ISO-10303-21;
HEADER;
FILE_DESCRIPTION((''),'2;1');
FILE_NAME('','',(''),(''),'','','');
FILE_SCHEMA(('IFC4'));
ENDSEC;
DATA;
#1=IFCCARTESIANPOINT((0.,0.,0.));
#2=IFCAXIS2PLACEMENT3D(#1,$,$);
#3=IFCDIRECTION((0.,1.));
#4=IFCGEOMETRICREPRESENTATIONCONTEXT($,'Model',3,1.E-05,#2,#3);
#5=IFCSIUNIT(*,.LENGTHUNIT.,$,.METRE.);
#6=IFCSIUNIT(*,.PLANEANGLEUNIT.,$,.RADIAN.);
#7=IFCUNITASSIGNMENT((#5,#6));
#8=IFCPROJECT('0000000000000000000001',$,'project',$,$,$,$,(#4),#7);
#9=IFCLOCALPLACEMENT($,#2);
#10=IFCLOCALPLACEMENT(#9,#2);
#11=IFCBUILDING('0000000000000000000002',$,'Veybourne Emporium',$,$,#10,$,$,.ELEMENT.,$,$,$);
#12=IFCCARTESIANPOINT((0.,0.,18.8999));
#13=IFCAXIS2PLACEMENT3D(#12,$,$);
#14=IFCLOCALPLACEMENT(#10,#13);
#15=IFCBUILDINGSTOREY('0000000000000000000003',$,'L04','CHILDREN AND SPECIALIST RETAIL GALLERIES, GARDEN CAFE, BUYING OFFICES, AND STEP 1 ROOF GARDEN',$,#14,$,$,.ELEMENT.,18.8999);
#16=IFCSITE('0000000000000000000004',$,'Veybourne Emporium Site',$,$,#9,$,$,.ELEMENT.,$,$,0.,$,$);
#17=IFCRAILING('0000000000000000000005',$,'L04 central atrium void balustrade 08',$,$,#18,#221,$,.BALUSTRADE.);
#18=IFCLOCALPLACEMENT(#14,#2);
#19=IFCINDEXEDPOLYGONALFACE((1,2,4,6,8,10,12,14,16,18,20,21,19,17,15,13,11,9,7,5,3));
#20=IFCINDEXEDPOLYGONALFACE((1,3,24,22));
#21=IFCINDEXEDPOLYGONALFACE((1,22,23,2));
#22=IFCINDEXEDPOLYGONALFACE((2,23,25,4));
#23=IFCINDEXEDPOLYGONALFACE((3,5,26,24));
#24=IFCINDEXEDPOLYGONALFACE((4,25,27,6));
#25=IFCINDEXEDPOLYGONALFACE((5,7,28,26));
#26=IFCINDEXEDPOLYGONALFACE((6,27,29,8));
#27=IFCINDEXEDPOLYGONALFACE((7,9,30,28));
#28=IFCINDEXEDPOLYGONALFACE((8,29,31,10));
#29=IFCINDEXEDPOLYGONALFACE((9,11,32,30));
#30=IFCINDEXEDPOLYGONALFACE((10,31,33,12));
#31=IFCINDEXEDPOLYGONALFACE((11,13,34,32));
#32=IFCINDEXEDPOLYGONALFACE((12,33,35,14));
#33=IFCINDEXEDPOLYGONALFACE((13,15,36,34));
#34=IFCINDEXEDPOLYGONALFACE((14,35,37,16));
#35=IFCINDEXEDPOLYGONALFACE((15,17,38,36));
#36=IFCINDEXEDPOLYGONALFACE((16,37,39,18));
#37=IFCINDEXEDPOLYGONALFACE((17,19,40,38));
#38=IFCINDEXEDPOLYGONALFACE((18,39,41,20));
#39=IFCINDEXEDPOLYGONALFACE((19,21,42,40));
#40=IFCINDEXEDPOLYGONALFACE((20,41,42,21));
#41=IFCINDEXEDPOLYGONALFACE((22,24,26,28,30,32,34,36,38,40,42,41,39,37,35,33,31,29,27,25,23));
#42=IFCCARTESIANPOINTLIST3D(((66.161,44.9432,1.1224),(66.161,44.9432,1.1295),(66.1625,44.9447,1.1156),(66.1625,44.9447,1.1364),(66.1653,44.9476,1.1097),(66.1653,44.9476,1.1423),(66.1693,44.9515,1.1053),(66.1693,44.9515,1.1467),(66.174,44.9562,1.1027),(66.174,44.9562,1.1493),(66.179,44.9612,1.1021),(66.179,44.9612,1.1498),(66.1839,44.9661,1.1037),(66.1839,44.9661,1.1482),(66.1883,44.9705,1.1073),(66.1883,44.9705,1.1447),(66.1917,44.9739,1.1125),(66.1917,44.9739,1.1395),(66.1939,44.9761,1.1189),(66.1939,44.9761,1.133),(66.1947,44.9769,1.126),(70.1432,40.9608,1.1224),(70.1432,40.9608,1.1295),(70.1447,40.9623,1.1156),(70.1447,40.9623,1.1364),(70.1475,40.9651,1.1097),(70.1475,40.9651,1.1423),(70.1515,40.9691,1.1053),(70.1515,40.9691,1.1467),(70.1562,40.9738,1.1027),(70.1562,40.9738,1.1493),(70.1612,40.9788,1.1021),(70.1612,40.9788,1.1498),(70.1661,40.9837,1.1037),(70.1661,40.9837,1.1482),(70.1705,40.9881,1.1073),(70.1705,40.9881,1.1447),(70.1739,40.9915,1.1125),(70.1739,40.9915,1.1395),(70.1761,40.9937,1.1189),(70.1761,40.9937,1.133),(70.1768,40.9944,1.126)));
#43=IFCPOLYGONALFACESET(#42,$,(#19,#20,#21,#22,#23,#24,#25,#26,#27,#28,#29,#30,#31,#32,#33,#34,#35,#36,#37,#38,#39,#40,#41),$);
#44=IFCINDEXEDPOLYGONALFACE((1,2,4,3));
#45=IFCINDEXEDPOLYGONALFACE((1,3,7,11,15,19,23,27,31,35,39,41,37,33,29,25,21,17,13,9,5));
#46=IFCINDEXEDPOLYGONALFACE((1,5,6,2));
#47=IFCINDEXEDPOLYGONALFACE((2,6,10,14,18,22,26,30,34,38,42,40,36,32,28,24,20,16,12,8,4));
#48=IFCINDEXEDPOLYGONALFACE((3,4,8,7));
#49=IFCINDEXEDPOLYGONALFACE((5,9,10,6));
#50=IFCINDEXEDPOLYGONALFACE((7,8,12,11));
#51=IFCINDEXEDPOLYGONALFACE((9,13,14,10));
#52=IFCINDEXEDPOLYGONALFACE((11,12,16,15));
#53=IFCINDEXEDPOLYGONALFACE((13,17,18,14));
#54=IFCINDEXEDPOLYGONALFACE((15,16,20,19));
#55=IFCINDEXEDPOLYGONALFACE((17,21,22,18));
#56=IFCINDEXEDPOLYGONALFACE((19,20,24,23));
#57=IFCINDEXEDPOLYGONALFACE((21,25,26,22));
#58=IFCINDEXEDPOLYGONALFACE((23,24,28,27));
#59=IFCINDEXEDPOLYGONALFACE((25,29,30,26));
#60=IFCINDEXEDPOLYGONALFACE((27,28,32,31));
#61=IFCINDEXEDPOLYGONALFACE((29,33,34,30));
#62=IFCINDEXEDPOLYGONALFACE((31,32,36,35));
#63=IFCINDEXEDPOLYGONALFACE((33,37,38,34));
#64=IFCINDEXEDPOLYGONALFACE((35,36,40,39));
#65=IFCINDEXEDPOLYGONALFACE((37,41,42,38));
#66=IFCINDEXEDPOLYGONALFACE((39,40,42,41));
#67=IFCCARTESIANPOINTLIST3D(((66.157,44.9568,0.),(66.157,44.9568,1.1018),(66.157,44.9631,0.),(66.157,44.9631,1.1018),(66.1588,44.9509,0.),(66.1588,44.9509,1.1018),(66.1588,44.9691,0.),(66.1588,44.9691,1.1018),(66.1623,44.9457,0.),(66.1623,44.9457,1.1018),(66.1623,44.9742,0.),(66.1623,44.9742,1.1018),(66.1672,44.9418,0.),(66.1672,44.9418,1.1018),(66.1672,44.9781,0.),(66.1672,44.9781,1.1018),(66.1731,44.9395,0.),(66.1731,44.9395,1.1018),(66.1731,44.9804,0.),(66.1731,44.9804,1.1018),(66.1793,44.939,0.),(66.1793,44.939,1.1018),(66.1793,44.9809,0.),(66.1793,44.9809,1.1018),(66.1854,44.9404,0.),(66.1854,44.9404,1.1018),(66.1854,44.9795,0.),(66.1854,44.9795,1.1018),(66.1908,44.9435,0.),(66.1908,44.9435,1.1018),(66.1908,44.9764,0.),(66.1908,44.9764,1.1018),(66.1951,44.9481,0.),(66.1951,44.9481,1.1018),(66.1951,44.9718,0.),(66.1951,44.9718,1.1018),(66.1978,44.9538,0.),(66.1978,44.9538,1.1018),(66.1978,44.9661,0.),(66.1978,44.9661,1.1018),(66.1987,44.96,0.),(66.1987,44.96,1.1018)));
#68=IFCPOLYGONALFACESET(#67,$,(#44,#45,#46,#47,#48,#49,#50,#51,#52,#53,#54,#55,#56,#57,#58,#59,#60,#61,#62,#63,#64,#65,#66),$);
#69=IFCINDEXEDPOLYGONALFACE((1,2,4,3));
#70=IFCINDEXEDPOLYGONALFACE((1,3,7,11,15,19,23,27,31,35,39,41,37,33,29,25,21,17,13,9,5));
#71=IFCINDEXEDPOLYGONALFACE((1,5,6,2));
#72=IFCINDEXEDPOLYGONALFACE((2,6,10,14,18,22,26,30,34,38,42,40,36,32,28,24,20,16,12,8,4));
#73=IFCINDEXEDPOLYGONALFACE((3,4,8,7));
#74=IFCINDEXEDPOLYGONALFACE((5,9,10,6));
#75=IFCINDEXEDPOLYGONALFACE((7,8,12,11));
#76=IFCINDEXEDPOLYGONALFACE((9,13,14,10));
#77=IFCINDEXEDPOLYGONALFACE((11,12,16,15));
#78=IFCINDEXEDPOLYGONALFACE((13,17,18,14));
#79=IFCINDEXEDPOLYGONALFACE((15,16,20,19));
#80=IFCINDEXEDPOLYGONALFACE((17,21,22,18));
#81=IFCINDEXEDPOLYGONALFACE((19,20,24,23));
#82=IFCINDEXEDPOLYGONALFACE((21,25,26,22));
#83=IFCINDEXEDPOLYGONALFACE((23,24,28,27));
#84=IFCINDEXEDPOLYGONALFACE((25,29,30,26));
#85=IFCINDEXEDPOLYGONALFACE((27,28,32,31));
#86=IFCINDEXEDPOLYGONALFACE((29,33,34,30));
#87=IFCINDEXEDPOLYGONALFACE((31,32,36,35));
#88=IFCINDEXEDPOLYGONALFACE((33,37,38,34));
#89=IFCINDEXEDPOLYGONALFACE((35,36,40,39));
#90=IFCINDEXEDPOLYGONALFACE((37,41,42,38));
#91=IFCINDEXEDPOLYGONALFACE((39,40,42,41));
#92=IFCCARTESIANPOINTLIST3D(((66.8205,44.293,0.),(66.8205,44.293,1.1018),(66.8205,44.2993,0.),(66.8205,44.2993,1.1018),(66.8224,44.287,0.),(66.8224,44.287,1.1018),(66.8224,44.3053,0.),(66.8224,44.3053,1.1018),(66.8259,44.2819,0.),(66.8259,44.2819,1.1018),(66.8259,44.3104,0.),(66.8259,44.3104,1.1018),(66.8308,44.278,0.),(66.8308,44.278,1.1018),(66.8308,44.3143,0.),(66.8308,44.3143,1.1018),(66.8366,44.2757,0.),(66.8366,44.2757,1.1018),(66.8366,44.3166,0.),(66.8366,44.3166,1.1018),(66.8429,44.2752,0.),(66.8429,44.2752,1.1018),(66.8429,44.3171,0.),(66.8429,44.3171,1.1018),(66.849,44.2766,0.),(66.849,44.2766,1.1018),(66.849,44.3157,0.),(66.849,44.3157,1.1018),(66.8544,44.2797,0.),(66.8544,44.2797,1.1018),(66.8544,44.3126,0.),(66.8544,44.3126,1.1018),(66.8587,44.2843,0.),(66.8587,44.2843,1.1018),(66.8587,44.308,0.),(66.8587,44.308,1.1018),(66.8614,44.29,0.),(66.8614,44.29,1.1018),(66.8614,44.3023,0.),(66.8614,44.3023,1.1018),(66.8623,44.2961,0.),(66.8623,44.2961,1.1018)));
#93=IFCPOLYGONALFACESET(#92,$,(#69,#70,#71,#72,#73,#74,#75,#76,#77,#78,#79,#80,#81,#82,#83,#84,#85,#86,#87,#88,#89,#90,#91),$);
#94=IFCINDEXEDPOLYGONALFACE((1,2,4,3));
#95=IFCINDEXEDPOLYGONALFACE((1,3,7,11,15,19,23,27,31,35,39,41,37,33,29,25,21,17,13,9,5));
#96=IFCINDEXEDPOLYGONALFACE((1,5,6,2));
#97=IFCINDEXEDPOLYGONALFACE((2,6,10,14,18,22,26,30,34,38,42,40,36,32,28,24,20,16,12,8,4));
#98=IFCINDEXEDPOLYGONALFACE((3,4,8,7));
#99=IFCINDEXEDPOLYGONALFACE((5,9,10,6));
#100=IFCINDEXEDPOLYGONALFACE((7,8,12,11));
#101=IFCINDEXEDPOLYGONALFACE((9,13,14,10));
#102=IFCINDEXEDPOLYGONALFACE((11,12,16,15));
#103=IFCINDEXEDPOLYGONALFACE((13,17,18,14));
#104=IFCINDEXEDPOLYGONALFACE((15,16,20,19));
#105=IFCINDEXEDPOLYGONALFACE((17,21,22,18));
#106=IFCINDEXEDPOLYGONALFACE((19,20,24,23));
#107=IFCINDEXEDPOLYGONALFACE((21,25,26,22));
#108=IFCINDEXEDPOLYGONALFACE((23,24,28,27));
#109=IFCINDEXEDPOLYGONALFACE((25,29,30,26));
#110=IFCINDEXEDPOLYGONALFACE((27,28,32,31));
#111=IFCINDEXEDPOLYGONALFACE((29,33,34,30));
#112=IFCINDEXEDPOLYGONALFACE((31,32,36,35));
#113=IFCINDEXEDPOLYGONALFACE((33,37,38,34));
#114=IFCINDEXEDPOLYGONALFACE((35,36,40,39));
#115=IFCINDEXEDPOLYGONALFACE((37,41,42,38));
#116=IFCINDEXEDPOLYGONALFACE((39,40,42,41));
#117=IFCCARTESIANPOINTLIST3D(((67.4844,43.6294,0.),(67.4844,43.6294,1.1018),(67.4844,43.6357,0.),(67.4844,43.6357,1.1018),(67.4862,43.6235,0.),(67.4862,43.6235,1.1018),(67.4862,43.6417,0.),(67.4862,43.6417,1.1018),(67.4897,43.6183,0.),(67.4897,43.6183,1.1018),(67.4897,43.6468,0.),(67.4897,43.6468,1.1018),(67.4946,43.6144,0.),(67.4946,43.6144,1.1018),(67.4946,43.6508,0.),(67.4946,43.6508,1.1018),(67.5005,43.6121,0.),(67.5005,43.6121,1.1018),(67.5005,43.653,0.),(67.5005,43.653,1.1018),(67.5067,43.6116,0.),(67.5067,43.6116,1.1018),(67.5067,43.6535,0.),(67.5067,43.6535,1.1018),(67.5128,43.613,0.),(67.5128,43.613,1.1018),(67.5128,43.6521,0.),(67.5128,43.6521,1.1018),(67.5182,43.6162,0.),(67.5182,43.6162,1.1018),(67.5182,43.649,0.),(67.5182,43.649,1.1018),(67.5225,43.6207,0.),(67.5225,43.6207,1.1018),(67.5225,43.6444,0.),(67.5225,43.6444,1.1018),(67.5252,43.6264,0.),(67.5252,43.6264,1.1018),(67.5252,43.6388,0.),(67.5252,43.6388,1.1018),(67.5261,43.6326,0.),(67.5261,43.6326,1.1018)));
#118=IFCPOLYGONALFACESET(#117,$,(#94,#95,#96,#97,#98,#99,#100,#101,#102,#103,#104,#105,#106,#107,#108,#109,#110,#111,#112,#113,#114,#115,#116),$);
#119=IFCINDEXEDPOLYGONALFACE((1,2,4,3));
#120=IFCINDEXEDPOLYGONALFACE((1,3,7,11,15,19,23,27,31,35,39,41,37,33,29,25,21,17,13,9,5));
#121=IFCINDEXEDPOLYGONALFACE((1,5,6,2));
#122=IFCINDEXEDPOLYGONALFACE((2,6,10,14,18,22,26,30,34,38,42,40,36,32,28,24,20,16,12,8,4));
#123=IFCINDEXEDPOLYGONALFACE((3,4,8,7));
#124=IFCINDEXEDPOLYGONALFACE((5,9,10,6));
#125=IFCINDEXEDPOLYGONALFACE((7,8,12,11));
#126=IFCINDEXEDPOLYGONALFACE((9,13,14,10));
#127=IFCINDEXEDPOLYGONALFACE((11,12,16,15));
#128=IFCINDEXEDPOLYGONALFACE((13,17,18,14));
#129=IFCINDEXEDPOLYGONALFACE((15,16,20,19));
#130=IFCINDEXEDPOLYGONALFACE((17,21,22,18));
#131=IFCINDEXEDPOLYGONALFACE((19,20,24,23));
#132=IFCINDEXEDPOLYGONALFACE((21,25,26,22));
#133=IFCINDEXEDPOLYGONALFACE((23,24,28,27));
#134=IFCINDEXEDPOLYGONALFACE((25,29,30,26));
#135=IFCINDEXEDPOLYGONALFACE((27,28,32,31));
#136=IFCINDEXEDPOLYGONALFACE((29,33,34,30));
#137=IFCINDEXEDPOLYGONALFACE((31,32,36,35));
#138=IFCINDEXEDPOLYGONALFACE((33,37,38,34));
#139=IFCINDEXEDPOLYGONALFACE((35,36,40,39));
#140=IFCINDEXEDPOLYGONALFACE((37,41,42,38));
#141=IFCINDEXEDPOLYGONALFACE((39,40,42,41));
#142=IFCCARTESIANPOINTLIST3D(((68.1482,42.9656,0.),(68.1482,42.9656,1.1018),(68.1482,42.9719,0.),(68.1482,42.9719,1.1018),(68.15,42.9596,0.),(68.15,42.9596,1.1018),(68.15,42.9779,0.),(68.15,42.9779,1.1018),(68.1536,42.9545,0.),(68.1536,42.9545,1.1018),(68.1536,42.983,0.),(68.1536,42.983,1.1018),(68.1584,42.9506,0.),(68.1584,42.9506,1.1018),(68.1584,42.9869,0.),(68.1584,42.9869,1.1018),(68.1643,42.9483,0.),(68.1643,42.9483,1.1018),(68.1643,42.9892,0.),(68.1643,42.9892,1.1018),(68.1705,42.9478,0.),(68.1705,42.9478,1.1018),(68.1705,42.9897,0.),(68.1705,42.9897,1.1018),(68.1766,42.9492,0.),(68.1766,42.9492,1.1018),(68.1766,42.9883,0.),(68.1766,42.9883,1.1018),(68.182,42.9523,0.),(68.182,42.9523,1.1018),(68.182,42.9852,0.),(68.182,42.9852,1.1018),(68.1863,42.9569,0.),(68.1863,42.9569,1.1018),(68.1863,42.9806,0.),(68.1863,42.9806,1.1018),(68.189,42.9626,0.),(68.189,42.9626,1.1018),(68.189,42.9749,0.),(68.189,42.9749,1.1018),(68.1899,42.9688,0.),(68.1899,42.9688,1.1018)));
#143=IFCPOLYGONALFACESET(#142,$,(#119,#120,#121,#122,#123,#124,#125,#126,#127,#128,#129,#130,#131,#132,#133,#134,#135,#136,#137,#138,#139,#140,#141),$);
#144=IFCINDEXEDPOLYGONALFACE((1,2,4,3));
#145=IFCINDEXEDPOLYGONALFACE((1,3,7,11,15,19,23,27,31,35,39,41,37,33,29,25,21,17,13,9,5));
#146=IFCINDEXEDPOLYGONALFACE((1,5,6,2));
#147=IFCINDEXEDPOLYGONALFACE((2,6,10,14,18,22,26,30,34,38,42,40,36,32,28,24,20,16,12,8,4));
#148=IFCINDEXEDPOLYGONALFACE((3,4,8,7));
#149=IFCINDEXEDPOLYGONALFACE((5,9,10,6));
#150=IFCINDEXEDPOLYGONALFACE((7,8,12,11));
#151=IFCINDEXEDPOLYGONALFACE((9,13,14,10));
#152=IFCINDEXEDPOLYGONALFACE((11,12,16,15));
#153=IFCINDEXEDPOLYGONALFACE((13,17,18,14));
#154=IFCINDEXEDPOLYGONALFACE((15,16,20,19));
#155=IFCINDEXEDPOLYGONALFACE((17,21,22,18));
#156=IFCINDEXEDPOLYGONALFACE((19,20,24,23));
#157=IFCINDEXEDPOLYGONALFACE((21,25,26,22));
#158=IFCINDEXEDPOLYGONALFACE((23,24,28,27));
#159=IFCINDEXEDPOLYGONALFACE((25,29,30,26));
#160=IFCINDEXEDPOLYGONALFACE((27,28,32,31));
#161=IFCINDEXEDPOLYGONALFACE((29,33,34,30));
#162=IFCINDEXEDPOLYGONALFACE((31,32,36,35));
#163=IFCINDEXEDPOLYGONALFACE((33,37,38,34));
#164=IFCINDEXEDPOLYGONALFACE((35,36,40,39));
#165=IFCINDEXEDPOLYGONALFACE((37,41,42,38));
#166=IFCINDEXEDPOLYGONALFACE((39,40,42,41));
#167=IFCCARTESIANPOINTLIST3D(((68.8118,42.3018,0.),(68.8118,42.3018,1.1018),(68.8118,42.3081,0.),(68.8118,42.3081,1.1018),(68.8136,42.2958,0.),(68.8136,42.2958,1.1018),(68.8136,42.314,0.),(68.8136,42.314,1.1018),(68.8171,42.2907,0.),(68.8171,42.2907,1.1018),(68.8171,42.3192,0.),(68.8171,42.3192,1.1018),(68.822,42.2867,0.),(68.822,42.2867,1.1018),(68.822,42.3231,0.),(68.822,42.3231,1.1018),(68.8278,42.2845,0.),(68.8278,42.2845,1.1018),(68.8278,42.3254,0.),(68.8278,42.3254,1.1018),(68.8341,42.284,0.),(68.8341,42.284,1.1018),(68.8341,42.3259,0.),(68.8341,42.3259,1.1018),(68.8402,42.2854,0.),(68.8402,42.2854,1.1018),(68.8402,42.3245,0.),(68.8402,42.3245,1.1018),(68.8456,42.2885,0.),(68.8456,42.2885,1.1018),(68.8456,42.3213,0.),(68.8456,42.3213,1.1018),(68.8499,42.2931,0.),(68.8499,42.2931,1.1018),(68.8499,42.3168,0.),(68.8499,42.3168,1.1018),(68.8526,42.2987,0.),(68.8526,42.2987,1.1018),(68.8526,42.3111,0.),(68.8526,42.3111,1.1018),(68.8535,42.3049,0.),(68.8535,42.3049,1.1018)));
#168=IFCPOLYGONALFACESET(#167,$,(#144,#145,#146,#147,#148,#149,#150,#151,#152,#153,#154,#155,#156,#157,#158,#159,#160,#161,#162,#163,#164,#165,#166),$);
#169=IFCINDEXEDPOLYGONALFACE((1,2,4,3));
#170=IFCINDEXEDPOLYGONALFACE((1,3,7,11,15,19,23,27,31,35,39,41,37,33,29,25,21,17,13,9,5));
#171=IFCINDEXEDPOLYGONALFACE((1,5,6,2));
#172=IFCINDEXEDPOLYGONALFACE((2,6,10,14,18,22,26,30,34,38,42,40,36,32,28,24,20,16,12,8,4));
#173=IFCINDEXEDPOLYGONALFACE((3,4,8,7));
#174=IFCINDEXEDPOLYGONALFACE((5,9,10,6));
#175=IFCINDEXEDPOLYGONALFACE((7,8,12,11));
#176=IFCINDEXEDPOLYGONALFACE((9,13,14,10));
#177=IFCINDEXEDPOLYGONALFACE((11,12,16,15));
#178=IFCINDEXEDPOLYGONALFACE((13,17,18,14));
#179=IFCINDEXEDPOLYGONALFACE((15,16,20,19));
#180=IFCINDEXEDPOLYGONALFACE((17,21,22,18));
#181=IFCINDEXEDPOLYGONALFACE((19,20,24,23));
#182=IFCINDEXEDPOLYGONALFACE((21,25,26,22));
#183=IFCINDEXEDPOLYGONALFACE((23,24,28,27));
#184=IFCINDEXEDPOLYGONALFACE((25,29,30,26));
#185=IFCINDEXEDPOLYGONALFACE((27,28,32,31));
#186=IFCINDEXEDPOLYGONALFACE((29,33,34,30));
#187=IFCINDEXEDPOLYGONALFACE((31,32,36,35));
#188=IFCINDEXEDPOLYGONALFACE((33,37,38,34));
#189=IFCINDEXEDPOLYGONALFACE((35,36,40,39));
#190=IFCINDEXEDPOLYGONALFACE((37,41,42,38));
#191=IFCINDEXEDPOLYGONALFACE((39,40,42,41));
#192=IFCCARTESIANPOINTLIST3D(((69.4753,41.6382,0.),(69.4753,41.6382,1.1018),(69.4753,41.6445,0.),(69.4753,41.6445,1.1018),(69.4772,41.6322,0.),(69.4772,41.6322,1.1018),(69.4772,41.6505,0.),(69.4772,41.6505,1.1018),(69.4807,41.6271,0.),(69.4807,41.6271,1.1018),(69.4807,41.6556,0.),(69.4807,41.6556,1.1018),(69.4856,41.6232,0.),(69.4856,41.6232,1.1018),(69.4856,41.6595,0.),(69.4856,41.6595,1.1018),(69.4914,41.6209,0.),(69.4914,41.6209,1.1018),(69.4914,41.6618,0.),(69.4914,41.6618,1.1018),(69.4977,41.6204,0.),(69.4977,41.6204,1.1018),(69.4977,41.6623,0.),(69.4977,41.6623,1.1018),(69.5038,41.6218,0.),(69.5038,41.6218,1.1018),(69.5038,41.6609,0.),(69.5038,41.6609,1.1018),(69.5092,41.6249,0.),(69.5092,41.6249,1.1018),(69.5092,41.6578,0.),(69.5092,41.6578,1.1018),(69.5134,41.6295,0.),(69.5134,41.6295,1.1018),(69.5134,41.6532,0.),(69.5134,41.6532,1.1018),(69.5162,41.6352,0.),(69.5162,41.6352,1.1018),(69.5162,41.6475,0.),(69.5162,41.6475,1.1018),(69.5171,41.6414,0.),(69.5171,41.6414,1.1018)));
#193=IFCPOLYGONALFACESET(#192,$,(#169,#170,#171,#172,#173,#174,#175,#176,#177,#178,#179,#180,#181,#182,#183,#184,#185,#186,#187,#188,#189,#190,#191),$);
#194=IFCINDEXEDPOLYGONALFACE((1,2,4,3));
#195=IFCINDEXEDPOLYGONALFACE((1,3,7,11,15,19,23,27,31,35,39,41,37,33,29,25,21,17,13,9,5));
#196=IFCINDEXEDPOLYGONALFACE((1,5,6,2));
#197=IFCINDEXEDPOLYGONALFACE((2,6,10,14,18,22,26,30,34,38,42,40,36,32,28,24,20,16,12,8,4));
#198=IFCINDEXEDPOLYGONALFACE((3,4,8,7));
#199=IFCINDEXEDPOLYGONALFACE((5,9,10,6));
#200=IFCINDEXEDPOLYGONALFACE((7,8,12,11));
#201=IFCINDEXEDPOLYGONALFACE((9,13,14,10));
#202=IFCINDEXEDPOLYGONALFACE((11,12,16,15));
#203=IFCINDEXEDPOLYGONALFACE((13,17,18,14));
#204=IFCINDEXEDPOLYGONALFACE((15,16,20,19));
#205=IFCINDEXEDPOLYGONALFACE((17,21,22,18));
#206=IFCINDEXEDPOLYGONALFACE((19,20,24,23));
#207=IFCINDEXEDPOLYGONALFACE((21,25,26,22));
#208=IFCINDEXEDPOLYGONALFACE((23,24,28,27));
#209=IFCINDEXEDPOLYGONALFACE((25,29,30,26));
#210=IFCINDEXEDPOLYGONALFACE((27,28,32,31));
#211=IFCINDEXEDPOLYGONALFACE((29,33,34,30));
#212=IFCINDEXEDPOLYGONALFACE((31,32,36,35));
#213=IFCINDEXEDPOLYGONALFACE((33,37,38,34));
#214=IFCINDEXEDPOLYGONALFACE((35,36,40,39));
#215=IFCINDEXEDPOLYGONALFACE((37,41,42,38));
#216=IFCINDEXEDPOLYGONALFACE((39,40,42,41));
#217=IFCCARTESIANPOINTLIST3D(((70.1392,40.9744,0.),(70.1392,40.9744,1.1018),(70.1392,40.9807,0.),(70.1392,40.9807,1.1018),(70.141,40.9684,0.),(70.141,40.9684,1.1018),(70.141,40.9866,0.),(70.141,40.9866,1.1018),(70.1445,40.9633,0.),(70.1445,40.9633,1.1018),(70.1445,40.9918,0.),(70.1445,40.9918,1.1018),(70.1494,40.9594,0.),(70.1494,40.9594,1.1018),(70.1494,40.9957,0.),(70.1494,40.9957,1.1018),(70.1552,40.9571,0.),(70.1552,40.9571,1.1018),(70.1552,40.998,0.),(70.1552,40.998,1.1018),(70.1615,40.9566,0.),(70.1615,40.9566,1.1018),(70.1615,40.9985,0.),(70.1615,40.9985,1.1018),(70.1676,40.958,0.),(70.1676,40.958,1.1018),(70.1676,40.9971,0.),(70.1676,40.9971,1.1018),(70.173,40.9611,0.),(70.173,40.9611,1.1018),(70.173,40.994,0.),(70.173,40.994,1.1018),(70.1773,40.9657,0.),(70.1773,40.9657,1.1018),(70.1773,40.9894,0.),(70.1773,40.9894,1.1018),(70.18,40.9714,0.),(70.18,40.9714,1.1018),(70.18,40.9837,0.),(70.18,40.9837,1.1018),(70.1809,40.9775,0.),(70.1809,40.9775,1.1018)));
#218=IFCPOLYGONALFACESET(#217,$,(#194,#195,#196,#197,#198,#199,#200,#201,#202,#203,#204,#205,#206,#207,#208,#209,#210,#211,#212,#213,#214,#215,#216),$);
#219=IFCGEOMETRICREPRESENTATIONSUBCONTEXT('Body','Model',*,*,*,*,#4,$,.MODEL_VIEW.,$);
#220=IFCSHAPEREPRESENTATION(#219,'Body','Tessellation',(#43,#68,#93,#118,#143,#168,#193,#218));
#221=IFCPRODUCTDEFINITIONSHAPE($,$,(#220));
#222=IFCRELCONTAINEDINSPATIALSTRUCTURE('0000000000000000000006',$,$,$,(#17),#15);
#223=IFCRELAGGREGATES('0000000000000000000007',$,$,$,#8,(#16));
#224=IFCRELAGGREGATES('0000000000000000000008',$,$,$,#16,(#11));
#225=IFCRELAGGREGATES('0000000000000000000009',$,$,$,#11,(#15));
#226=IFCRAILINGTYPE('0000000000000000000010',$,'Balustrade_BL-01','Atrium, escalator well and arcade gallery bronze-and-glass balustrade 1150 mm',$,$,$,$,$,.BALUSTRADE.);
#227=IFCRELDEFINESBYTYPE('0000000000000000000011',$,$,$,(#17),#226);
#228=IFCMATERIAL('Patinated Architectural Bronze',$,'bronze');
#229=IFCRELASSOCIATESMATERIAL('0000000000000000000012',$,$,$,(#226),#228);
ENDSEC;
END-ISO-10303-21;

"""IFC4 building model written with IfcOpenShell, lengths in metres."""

from ifc_helpers import new_model, si_unit, direction, frame, origin, origin_2d, place, context, subcontext, project, spatial, circle, extrude, material, type_object, element, save


model = new_model("IFC4")

# Units and contexts
model_context = context("Model", 3, precision=1e-05, world=origin(), true_north=direction((0.0, 1.0)))
body_context = subcontext(model_context, "Body", "Model", "MODEL_VIEW")
ifc_project = project(units=[si_unit("LENGTHUNIT", "METRE"), si_unit("PLANEANGLEUNIT", "RADIAN")], contexts=[model_context])

# Site, building, storey
site_placement = place(None, origin())
site = spatial("IfcSite", under=ifc_project, at=site_placement, Name="Veybourne Emporium Site", CompositionType="ELEMENT", RefElevation=0.0)
building_placement = place(site_placement, origin())
building = spatial("IfcBuilding", under=site, at=building_placement, Name="Veybourne Emporium", CompositionType="ELEMENT")
storey_placement = place(building_placement, frame((0.0, 0.0, 18.8999)))
storey = spatial("IfcBuildingStorey", under=building, at=storey_placement, Name="L04", Description="CHILDREN AND SPECIALIST RETAIL GALLERIES, GARDEN CAFE, BUYING OFFICES, AND STEP 1 ROOF GARDEN", CompositionType="ELEMENT", Elevation=18.8999)

# Shared definitions
ifc_material_1 = material(Name="Patinated Architectural Bronze", Category="bronze")

# Railing
railing_type = type_object("IfcRailingType", Name="Balustrade_BL-01", Description="Atrium, escalator well and arcade gallery bronze-and-glass balustrade 1150 mm", PredefinedType="BALUSTRADE", material=ifc_material_1)
railing_1_placement = place(storey_placement, frame((66.1777, 44.96, 0.0)))
element("IfcRailing", 1, at=railing_1_placement, inside=storey, type_object=railing_type, Name="L04 central atrium void balustrade 08", PredefinedType="BALUSTRADE", context=body_context, shape_type="SweptSolid", body=[
    extrude(circle(Radius=0.0239, at=origin_2d()), frame((0.0, 0.0, 1.126), z_axis=(0.707085, -0.707128, 0.0), x_axis=(0.707128, 0.707085, 0.0)), (0.0, 0.0, 1.0), 5.6318),
    extrude(circle(Radius=0.021, at=origin_2d()), origin(), (0.0, 0.0, 1.0), 1.1018),
    extrude(circle(Radius=0.021, at=origin_2d()), frame((0.6636, -0.6638, 0.0)), (0.0, 0.0, 1.0), 1.1018),
    extrude(circle(Radius=0.021, at=origin_2d()), frame((1.3274, -1.3274, 0.0)), (0.0, 0.0, 1.0), 1.1018),
    extrude(circle(Radius=0.021, at=origin_2d()), frame((1.9912, -1.9912, 0.0)), (0.0, 0.0, 1.0), 1.1018),
    extrude(circle(Radius=0.021, at=origin_2d()), frame((2.6548, -2.655, 0.0)), (0.0, 0.0, 1.0), 1.1018),
    extrude(circle(Radius=0.021, at=origin_2d()), frame((3.3184, -3.3186, 0.0)), (0.0, 0.0, 1.0), 1.1018),
    extrude(circle(Radius=0.021, at=origin_2d()), frame((3.9822, -3.9824, 0.0)), (0.0, 0.0, 1.0), 1.1018),
])

save(model, "model.ifc")
